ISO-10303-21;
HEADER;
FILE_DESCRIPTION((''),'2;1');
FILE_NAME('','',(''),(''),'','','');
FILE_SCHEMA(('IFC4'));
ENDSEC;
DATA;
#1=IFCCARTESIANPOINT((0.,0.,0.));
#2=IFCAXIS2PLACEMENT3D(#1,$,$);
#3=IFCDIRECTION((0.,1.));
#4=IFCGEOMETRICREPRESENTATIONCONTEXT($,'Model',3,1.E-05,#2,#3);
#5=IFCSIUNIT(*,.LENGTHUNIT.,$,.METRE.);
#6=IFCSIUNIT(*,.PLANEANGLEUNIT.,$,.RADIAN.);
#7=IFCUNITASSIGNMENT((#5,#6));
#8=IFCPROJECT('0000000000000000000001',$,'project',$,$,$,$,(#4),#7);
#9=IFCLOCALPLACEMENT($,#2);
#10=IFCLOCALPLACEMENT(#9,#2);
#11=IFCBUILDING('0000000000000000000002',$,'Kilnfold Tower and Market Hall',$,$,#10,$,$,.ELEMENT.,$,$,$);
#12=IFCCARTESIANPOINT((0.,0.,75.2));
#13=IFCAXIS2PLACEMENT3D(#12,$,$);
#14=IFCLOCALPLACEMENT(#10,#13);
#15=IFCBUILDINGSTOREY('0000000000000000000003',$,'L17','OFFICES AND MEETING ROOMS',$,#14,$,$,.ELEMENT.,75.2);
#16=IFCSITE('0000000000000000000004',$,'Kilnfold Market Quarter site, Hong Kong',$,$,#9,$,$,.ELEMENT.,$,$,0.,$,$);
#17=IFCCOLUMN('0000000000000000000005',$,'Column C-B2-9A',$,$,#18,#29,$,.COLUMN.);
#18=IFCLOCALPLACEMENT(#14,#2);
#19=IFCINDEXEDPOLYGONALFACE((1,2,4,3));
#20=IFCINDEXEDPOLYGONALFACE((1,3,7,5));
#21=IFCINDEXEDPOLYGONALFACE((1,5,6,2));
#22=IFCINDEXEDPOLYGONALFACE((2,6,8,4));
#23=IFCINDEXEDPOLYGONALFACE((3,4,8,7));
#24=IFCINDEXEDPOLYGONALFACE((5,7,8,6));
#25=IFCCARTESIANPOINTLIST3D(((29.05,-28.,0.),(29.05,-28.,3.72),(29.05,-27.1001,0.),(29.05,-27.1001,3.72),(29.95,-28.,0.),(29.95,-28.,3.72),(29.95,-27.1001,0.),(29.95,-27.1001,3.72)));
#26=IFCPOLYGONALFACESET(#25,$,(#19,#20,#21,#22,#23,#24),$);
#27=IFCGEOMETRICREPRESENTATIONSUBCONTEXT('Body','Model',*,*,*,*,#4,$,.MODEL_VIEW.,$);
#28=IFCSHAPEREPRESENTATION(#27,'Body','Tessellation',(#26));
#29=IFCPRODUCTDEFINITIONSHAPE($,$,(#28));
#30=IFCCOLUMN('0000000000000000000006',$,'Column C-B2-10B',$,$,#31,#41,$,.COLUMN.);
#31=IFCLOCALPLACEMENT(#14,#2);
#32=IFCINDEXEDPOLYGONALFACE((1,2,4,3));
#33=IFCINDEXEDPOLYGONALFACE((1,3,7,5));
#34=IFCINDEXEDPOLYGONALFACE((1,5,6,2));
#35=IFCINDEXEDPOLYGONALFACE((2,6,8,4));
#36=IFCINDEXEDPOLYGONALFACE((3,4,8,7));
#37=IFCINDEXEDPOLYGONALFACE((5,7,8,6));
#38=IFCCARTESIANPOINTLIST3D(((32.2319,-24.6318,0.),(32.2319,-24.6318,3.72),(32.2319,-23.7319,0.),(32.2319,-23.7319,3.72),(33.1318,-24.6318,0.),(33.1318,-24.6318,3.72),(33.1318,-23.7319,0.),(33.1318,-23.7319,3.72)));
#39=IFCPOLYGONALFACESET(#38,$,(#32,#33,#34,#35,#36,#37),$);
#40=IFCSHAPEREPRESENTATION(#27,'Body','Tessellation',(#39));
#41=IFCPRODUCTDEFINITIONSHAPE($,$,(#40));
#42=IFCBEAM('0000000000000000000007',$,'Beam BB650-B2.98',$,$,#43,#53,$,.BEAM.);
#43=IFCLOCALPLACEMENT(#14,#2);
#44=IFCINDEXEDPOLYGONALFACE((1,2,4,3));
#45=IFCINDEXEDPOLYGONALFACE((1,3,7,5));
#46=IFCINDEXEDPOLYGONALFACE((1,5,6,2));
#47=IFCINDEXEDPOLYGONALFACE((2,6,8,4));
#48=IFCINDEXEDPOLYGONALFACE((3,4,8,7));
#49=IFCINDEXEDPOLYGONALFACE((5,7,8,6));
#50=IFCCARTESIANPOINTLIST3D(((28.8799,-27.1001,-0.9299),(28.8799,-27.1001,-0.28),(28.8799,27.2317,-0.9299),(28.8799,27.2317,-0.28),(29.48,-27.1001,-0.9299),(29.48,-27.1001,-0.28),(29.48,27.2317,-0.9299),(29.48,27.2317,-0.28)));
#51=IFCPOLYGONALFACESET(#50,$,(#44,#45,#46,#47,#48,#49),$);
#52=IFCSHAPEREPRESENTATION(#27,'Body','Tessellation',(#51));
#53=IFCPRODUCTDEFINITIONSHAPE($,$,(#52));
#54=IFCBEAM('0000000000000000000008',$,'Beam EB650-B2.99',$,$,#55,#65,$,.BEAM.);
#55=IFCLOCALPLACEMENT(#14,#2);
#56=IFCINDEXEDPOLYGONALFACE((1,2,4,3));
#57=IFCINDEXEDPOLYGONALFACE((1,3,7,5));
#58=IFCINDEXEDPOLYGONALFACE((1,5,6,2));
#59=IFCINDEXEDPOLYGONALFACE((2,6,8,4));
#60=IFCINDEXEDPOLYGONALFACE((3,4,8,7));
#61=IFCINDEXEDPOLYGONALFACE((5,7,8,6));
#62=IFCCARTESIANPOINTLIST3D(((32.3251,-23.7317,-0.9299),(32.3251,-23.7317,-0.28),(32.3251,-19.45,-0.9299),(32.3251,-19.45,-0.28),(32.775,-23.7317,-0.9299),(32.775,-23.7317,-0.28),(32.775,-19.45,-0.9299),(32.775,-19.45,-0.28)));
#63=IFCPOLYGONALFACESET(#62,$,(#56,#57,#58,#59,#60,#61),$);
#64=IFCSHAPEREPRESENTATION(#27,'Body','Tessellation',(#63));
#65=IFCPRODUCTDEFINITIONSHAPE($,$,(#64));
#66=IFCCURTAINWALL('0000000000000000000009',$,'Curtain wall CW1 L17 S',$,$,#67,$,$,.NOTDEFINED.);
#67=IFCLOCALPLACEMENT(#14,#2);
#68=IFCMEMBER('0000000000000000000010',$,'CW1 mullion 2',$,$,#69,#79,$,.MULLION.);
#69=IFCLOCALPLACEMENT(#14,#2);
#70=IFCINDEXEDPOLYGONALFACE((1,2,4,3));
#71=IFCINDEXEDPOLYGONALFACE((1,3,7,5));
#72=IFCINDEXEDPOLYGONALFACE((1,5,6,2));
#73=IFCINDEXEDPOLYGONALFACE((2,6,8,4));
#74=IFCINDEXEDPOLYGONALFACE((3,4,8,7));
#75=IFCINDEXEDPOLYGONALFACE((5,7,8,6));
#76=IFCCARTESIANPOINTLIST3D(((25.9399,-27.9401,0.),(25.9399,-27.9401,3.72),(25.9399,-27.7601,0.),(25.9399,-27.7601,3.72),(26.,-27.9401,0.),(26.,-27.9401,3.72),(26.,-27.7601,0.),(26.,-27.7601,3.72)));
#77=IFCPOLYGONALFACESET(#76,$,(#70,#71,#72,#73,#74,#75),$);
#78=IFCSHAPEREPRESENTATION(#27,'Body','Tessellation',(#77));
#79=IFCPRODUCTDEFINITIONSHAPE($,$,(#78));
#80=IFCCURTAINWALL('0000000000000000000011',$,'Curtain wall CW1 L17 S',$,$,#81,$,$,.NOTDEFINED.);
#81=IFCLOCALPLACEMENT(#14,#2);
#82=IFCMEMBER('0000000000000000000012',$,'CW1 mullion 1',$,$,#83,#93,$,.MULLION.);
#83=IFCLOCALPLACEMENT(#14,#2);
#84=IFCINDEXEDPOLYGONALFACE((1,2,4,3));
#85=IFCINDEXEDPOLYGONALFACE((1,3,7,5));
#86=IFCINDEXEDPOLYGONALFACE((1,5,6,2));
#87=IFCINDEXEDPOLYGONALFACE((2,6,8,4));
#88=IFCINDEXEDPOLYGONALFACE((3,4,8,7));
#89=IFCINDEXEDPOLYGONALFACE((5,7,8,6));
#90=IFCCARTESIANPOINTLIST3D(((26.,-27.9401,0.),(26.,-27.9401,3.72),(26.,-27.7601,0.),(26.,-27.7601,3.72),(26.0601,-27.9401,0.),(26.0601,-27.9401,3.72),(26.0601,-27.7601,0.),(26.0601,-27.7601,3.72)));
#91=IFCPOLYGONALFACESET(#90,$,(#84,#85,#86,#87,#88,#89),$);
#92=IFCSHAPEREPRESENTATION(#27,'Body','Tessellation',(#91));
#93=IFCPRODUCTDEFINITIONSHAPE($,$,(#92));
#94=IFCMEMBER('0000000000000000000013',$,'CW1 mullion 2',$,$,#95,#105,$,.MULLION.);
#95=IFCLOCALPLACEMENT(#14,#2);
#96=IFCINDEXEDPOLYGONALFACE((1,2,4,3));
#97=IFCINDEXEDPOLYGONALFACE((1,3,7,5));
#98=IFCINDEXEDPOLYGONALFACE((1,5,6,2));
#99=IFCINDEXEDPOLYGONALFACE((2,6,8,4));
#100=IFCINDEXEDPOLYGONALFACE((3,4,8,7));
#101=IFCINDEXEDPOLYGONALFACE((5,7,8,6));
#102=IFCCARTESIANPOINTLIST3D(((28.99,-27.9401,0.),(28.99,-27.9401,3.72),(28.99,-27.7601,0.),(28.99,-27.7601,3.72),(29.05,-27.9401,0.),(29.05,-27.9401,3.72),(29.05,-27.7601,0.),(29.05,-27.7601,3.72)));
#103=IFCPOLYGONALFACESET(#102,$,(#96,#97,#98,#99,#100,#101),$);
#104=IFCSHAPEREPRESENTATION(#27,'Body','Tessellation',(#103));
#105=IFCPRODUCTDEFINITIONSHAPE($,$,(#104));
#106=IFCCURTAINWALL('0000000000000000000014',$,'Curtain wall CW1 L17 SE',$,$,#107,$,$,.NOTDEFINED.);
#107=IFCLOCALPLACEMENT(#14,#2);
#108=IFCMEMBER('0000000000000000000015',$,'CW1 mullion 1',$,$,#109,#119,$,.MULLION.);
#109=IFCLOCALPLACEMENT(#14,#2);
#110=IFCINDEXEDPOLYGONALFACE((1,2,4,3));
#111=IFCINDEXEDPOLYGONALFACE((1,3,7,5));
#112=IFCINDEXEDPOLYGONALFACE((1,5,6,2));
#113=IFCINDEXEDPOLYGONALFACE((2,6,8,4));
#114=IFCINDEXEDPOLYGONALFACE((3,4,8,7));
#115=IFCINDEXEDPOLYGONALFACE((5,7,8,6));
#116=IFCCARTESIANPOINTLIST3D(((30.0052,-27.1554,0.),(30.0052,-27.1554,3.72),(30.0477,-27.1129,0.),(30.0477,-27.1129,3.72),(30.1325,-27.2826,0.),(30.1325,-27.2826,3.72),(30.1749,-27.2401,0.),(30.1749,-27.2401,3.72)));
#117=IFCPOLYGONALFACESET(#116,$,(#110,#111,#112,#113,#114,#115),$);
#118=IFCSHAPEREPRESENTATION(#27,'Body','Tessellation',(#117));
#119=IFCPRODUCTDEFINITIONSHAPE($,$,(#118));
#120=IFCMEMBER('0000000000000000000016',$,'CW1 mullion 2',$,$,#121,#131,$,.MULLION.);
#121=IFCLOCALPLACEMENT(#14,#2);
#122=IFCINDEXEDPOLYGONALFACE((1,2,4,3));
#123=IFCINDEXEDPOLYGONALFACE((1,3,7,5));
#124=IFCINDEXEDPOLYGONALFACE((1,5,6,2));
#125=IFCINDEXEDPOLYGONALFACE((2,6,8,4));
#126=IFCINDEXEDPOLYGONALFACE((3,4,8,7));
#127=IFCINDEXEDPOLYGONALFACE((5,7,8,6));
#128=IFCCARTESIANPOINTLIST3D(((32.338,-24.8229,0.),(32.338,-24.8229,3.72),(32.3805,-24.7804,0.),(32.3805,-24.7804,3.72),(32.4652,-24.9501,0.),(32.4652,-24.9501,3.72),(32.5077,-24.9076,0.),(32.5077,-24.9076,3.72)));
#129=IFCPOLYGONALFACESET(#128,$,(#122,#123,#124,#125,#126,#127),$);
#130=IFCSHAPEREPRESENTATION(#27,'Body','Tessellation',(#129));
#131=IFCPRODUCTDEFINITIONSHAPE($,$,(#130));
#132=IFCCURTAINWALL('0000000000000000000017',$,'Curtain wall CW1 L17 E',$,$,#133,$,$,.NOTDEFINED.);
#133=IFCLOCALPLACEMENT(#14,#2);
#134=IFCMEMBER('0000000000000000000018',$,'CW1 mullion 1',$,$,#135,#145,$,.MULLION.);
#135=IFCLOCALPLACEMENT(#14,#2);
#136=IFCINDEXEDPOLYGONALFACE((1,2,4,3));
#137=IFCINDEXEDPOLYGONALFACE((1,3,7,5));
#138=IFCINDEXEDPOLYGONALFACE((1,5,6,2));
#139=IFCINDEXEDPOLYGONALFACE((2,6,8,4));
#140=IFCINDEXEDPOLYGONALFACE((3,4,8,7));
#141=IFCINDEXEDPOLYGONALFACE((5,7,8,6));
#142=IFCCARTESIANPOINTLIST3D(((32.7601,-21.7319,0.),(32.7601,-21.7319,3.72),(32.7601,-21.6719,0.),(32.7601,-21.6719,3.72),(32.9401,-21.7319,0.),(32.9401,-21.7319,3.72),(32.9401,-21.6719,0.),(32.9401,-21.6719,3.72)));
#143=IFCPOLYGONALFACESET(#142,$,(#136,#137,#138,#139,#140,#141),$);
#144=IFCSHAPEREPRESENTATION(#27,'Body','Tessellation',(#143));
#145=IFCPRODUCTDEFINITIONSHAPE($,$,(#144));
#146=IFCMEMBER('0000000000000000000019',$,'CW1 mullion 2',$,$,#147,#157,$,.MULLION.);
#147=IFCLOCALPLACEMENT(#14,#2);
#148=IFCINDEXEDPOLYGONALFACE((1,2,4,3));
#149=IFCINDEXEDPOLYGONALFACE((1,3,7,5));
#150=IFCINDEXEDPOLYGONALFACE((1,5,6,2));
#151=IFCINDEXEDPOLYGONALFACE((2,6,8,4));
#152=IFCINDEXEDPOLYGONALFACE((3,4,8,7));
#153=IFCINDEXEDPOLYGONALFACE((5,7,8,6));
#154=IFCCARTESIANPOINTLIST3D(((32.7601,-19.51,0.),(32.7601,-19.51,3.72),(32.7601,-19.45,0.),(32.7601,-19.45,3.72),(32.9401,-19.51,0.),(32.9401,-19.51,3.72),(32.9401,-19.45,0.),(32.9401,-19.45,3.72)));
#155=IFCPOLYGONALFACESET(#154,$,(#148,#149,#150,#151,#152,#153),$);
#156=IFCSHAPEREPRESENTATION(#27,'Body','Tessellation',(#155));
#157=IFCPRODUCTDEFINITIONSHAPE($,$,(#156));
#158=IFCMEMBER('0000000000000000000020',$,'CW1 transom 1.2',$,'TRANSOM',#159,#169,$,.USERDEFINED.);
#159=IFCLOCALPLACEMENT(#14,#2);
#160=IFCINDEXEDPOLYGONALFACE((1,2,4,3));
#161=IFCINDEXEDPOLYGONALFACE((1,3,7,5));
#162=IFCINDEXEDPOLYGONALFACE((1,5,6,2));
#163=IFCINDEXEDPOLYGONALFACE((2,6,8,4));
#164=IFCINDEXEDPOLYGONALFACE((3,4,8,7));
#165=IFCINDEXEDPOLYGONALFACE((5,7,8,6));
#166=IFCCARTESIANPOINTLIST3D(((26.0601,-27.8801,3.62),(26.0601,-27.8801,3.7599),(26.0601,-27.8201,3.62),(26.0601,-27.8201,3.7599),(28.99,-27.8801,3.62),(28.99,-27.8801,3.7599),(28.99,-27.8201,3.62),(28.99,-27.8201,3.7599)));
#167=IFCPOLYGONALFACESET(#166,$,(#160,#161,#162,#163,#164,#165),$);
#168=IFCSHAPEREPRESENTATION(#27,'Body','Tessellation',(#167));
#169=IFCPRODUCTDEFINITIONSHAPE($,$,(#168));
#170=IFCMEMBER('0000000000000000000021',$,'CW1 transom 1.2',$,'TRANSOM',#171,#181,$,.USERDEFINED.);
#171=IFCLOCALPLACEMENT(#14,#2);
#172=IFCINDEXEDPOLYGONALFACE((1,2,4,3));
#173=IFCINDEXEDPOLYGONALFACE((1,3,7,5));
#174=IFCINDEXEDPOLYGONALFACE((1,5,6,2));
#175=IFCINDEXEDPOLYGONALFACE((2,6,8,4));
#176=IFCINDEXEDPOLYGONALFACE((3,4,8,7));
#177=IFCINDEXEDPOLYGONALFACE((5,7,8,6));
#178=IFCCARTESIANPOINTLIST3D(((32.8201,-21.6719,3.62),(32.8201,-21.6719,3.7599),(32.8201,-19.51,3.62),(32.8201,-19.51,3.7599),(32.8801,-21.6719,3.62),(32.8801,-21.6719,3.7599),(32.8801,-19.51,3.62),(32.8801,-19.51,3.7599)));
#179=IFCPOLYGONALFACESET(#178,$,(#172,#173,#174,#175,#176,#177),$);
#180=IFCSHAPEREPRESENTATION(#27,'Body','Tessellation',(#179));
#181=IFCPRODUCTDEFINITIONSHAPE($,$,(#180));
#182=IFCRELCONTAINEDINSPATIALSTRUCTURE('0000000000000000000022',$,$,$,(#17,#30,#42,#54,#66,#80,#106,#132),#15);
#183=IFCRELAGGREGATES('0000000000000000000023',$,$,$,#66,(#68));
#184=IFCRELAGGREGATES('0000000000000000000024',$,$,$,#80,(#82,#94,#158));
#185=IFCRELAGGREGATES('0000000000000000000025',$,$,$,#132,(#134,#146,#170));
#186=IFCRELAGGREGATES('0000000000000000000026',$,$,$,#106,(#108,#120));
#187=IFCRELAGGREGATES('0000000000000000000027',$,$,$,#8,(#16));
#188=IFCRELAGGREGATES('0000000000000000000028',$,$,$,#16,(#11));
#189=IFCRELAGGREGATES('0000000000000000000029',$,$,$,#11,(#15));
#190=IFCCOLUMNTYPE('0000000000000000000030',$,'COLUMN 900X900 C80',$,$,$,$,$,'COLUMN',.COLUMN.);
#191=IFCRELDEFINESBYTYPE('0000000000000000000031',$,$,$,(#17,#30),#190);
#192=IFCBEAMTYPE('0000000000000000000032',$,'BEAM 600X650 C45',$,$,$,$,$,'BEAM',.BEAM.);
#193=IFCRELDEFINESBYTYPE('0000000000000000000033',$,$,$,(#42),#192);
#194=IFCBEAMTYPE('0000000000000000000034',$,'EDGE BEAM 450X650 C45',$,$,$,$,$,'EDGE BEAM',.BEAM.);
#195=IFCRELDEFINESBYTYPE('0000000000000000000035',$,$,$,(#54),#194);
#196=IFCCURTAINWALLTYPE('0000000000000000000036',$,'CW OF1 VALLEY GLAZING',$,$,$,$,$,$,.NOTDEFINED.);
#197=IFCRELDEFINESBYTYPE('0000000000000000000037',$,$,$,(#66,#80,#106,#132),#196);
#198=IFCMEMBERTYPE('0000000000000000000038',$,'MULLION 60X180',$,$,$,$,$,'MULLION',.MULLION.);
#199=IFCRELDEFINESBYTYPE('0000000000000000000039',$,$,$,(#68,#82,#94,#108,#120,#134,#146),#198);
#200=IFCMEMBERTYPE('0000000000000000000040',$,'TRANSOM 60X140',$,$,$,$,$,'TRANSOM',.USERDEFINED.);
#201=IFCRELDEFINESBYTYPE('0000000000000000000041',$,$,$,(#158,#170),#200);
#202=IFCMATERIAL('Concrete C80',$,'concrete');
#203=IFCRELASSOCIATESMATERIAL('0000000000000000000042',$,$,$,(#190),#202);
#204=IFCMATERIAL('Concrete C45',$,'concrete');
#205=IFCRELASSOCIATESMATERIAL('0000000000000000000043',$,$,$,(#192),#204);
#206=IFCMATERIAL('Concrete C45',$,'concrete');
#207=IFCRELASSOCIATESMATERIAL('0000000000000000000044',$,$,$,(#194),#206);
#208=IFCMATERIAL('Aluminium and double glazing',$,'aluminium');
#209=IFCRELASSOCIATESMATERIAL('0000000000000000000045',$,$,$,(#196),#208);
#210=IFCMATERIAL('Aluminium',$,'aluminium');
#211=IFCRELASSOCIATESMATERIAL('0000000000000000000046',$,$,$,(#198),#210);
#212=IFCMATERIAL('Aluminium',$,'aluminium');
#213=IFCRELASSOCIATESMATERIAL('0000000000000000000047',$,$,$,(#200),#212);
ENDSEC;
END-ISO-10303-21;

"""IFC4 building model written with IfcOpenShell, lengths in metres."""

from ifc_helpers import new_model, si_unit, direction, frame, origin, origin_2d, place, context, subcontext, project, spatial, rectangle, extrude, source, transform, mapped, material, material_profile, profile_set, type_object, element, aggregate, save


model = new_model("IFC4")

# Units and contexts
model_context = context("Model", 3, precision=1e-05, world=origin(), true_north=direction((0.0, 1.0)))
body_context = subcontext(model_context, "Body", "Model", "MODEL_VIEW")
ifc_project = project(units=[si_unit("LENGTHUNIT", "METRE"), si_unit("PLANEANGLEUNIT", "RADIAN")], contexts=[model_context])

# Site, building, storey
site_placement = place(None, origin())
site = spatial("IfcSite", under=ifc_project, at=site_placement, Name="Kilnfold Market Quarter site, Hong Kong", CompositionType="ELEMENT", RefElevation=0.0)
building_placement = place(site_placement, origin())
building = spatial("IfcBuilding", under=site, at=building_placement, Name="Kilnfold Tower and Market Hall", CompositionType="ELEMENT")
storey_placement = place(building_placement, frame((0.0, 0.0, 75.2)))
storey = spatial("IfcBuildingStorey", under=building, at=storey_placement, Name="L17", Description="OFFICES AND MEETING ROOMS", CompositionType="ELEMENT", Elevation=75.2)

# Columns
ifc_material_1 = material(Name="Concrete C80", Category="concrete")
ifc_material_profile_1 = material_profile(ifc_material_1, rectangle(XDim=0.8999, YDim=0.8999, at=origin_2d()), Name="RC 900x900")
ifc_profile_set_1 = profile_set([ifc_material_profile_1], Name="Concrete C80")
column_type = type_object("IfcColumnType", Name="COLUMN 900X900 C80", ElementType="COLUMN", PredefinedType="COLUMN", material=ifc_profile_set_1)
shared_shape_1 = source(origin(), body_context, "Body", "SweptSolid", [
    extrude(rectangle(XDim=0.8999, YDim=0.8999, at=origin_2d()), origin(), (0.0, 0.0, 1.0), 3.72),
])
for number, where, z_axis, x_axis, name in (
    (1, (29.5, -27.55, 0.0), (0.0, 0.0, 1.0), (1.0, 0.0, 0.0), "Column C-B2-9A"),
    (2, (32.6819, -24.1819, 0.0), (0.0, 0.0, 1.0), (1.0, 0.0, 0.0), "Column C-B2-10B"),
):
    element("IfcColumn", number, at=place(storey_placement, frame(where, z_axis=z_axis, x_axis=x_axis)), inside=storey, type_object=column_type, Name=name, PredefinedType="COLUMN", context=body_context, shape_type="MappedRepresentation", body=[
        mapped(shared_shape_1, transform((0.0, 0.0, 0.0))),
    ])

# Beams
ifc_material_2 = material(Name="Concrete C45", Category="concrete")
ifc_material_profile_2 = material_profile(ifc_material_2, rectangle(XDim=0.6001, YDim=0.6499, at=origin_2d()), Name="RC 600x650")
ifc_profile_set_2 = profile_set([ifc_material_profile_2], Name="Concrete C45")
beam_type_1 = type_object("IfcBeamType", Name="BEAM 600X650 C45", ElementType="BEAM", PredefinedType="BEAM", material=ifc_profile_set_2)
shared_shape_2 = source(origin(), body_context, "Body", "SweptSolid", [
    extrude(rectangle(XDim=0.6001, YDim=0.6499, at=origin_2d()), origin(), (0.0, 0.0, 1.0), 54.3318),
])
beam_1_placement = place(storey_placement, frame((29.1799, -27.1001, -0.605), z_axis=(0.0, 1.0, 0.0), x_axis=(-1.0, 0.0, 0.0)))
element("IfcBeam", 3, at=beam_1_placement, inside=storey, type_object=beam_type_1, Name="Beam BB650-B2.98", PredefinedType="BEAM", context=body_context, shape_type="MappedRepresentation", body=[
    mapped(shared_shape_2, transform((0.0, 0.0, 0.0))),
])
ifc_material_3 = material(Name="Concrete C45", Category="concrete")
ifc_material_profile_3 = material_profile(ifc_material_3, rectangle(XDim=0.45, YDim=0.6499, at=origin_2d()), Name="RC 450x650")
ifc_profile_set_3 = profile_set([ifc_material_profile_3], Name="Concrete C45")
beam_type_2 = type_object("IfcBeamType", Name="EDGE BEAM 450X650 C45", ElementType="EDGE BEAM", PredefinedType="BEAM", material=ifc_profile_set_3)
shared_shape_3 = source(origin(), body_context, "Body", "SweptSolid", [
    extrude(rectangle(XDim=0.45, YDim=0.6499, at=origin_2d()), origin(), (0.0, 0.0, 1.0), 4.2817),
])
beam_2_placement = place(storey_placement, frame((32.55, -23.7317, -0.605), z_axis=(0.0, 1.0, 0.0), x_axis=(-1.0, 0.0, 0.0)))
element("IfcBeam", 4, at=beam_2_placement, inside=storey, type_object=beam_type_2, Name="Beam EB650-B2.99", PredefinedType="BEAM", context=body_context, shape_type="MappedRepresentation", body=[
    mapped(shared_shape_3, transform((0.0, 0.0, 0.0))),
])

# Curtain wall, member
ifc_material_4 = material(Name="Aluminium and double glazing", Category="aluminium")
curtain_wall_type = type_object("IfcCurtainWallType", Name="CW OF1 VALLEY GLAZING", PredefinedType="NOTDEFINED", material=ifc_material_4)
curtain_wall_1_placement = place(storey_placement, origin())
curtain_wall_1 = element("IfcCurtainWall", 5, at=curtain_wall_1_placement, inside=storey, type_object=curtain_wall_type, Name="Curtain wall CW1 L17 S", PredefinedType="NOTDEFINED")
ifc_material_5 = material(Name="Aluminium", Category="aluminium")
ifc_material_profile_4 = material_profile(ifc_material_5, rectangle(XDim=0.0601, YDim=0.1799, at=origin_2d()), Name="MULLION 60x180")
ifc_profile_set_4 = profile_set([ifc_material_profile_4], Name="Aluminium")
member_type_1 = type_object("IfcMemberType", Name="MULLION 60X180", ElementType="MULLION", PredefinedType="MULLION", material=ifc_profile_set_4)
shared_shape_4 = source(origin(), body_context, "Body", "SweptSolid", [
    extrude(rectangle(XDim=0.0601, YDim=0.1799, at=origin_2d()), origin(), (0.0, 0.0, 1.0), 3.72),
])
member_1_placement = place(storey_placement, frame((25.97, -27.8501, 0.0), z_axis=(0.0, 0.0, 1.0), x_axis=(1.0, 0.0, 0.0)))
member_1 = element("IfcMember", 6, at=member_1_placement, type_object=member_type_1, Name="CW1 mullion 2", PredefinedType="MULLION", context=body_context, shape_type="MappedRepresentation", body=[
    mapped(shared_shape_4, transform((0.0, 0.0, 0.0))),
])

# Curtain walls, members
curtain_wall_2_placement = place(storey_placement, origin())
curtain_wall_2 = element("IfcCurtainWall", 7, at=curtain_wall_2_placement, inside=storey, type_object=curtain_wall_type, Name="Curtain wall CW1 L17 S", PredefinedType="NOTDEFINED")
member_2_placement = place(storey_placement, frame((26.03, -27.8501, 0.0), z_axis=(0.0, 0.0, 1.0), x_axis=(1.0, 0.0, 0.0)))
member_2 = element("IfcMember", 8, at=member_2_placement, type_object=member_type_1, Name="CW1 mullion 1", PredefinedType="MULLION", context=body_context, shape_type="MappedRepresentation", body=[
    mapped(shared_shape_4, transform((0.0, 0.0, 0.0))),
])
member_3_placement = place(storey_placement, frame((29.02, -27.8501, 0.0), z_axis=(0.0, 0.0, 1.0), x_axis=(1.0, 0.0, 0.0)))
member_3 = element("IfcMember", 9, at=member_3_placement, type_object=member_type_1, Name="CW1 mullion 2", PredefinedType="MULLION", context=body_context, shape_type="MappedRepresentation", body=[
    mapped(shared_shape_4, transform((0.0, 0.0, 0.0))),
])
curtain_wall_3_placement = place(storey_placement, origin())
curtain_wall_3 = element("IfcCurtainWall", 10, at=curtain_wall_3_placement, inside=storey, type_object=curtain_wall_type, Name="Curtain wall CW1 L17 SE", PredefinedType="NOTDEFINED")
member_4_placement = place(storey_placement, frame((30.0901, -27.1978, 0.0), z_axis=(0.0, 0.0, 1.0), x_axis=(0.707122, 0.707092, 0.0)))
member_4 = element("IfcMember", 11, at=member_4_placement, type_object=member_type_1, Name="CW1 mullion 1", PredefinedType="MULLION", context=body_context, shape_type="MappedRepresentation", body=[
    mapped(shared_shape_4, transform((0.0, 0.0, 0.0))),
])
member_5_placement = place(storey_placement, frame((32.4229, -24.8652, 0.0), z_axis=(0.0, 0.0, 1.0), x_axis=(0.707122, 0.707092, 0.0)))
member_5 = element("IfcMember", 12, at=member_5_placement, type_object=member_type_1, Name="CW1 mullion 2", PredefinedType="MULLION", context=body_context, shape_type="MappedRepresentation", body=[
    mapped(shared_shape_4, transform((0.0, 0.0, 0.0))),
])
curtain_wall_4_placement = place(storey_placement, origin())
curtain_wall_4 = element("IfcCurtainWall", 13, at=curtain_wall_4_placement, inside=storey, type_object=curtain_wall_type, Name="Curtain wall CW1 L17 E", PredefinedType="NOTDEFINED")
member_6_placement = place(storey_placement, frame((32.8501, -21.7019, 0.0), z_axis=(0.0, 0.0, 1.0), x_axis=(0.0, 1.0, 0.0)))
member_6 = element("IfcMember", 14, at=member_6_placement, type_object=member_type_1, Name="CW1 mullion 1", PredefinedType="MULLION", context=body_context, shape_type="MappedRepresentation", body=[
    mapped(shared_shape_4, transform((0.0, 0.0, 0.0))),
])
member_7_placement = place(storey_placement, frame((32.8501, -19.48, 0.0), z_axis=(0.0, 0.0, 1.0), x_axis=(0.0, 1.0, 0.0)))
member_7 = element("IfcMember", 15, at=member_7_placement, type_object=member_type_1, Name="CW1 mullion 2", PredefinedType="MULLION", context=body_context, shape_type="MappedRepresentation", body=[
    mapped(shared_shape_4, transform((0.0, 0.0, 0.0))),
])

# Members
ifc_material_6 = material(Name="Aluminium", Category="aluminium")
ifc_material_profile_5 = material_profile(ifc_material_6, rectangle(XDim=0.0601, YDim=0.1399, at=origin_2d()), Name="TRANSOM 60x140")
ifc_profile_set_5 = profile_set([ifc_material_profile_5], Name="Aluminium")
member_type_2 = type_object("IfcMemberType", Name="TRANSOM 60X140", ElementType="TRANSOM", PredefinedType="USERDEFINED", material=ifc_profile_set_5)
shared_shape_5 = source(origin(), body_context, "Body", "SweptSolid", [
    extrude(rectangle(XDim=0.0601, YDim=0.1399, at=origin_2d()), origin(), (0.0, 0.0, 1.0), 2.9299),
])
member_8_placement = place(storey_placement, frame((26.0601, -27.8501, 3.6899), z_axis=(1.0, 0.0, 0.0), x_axis=(0.0, 1.0, 0.0)))
member_8 = element("IfcMember", 16, at=member_8_placement, type_object=member_type_2, Name="CW1 transom 1.2", ObjectType="TRANSOM", PredefinedType="USERDEFINED", context=body_context, shape_type="MappedRepresentation", body=[
    mapped(shared_shape_5, transform((0.0, 0.0, 0.0))),
])
shared_shape_6 = source(origin(), body_context, "Body", "SweptSolid", [
    extrude(rectangle(XDim=0.0601, YDim=0.1399, at=origin_2d()), origin(), (0.0, 0.0, 1.0), 2.1619),
])
member_9_placement = place(storey_placement, frame((32.8501, -21.6719, 3.6899), z_axis=(0.0, 1.0, 0.0), x_axis=(-1.0, 0.0, 0.0)))
member_9 = element("IfcMember", 17, at=member_9_placement, type_object=member_type_2, Name="CW1 transom 1.2", ObjectType="TRANSOM", PredefinedType="USERDEFINED", context=body_context, shape_type="MappedRepresentation", body=[
    mapped(shared_shape_6, transform((0.0, 0.0, 0.0))),
])

aggregate(curtain_wall_1, [member_1])
aggregate(curtain_wall_2, [member_2, member_3, member_8])
aggregate(curtain_wall_4, [member_6, member_7, member_9])
aggregate(curtain_wall_3, [member_4, member_5])

save(model, "model.ifc")
